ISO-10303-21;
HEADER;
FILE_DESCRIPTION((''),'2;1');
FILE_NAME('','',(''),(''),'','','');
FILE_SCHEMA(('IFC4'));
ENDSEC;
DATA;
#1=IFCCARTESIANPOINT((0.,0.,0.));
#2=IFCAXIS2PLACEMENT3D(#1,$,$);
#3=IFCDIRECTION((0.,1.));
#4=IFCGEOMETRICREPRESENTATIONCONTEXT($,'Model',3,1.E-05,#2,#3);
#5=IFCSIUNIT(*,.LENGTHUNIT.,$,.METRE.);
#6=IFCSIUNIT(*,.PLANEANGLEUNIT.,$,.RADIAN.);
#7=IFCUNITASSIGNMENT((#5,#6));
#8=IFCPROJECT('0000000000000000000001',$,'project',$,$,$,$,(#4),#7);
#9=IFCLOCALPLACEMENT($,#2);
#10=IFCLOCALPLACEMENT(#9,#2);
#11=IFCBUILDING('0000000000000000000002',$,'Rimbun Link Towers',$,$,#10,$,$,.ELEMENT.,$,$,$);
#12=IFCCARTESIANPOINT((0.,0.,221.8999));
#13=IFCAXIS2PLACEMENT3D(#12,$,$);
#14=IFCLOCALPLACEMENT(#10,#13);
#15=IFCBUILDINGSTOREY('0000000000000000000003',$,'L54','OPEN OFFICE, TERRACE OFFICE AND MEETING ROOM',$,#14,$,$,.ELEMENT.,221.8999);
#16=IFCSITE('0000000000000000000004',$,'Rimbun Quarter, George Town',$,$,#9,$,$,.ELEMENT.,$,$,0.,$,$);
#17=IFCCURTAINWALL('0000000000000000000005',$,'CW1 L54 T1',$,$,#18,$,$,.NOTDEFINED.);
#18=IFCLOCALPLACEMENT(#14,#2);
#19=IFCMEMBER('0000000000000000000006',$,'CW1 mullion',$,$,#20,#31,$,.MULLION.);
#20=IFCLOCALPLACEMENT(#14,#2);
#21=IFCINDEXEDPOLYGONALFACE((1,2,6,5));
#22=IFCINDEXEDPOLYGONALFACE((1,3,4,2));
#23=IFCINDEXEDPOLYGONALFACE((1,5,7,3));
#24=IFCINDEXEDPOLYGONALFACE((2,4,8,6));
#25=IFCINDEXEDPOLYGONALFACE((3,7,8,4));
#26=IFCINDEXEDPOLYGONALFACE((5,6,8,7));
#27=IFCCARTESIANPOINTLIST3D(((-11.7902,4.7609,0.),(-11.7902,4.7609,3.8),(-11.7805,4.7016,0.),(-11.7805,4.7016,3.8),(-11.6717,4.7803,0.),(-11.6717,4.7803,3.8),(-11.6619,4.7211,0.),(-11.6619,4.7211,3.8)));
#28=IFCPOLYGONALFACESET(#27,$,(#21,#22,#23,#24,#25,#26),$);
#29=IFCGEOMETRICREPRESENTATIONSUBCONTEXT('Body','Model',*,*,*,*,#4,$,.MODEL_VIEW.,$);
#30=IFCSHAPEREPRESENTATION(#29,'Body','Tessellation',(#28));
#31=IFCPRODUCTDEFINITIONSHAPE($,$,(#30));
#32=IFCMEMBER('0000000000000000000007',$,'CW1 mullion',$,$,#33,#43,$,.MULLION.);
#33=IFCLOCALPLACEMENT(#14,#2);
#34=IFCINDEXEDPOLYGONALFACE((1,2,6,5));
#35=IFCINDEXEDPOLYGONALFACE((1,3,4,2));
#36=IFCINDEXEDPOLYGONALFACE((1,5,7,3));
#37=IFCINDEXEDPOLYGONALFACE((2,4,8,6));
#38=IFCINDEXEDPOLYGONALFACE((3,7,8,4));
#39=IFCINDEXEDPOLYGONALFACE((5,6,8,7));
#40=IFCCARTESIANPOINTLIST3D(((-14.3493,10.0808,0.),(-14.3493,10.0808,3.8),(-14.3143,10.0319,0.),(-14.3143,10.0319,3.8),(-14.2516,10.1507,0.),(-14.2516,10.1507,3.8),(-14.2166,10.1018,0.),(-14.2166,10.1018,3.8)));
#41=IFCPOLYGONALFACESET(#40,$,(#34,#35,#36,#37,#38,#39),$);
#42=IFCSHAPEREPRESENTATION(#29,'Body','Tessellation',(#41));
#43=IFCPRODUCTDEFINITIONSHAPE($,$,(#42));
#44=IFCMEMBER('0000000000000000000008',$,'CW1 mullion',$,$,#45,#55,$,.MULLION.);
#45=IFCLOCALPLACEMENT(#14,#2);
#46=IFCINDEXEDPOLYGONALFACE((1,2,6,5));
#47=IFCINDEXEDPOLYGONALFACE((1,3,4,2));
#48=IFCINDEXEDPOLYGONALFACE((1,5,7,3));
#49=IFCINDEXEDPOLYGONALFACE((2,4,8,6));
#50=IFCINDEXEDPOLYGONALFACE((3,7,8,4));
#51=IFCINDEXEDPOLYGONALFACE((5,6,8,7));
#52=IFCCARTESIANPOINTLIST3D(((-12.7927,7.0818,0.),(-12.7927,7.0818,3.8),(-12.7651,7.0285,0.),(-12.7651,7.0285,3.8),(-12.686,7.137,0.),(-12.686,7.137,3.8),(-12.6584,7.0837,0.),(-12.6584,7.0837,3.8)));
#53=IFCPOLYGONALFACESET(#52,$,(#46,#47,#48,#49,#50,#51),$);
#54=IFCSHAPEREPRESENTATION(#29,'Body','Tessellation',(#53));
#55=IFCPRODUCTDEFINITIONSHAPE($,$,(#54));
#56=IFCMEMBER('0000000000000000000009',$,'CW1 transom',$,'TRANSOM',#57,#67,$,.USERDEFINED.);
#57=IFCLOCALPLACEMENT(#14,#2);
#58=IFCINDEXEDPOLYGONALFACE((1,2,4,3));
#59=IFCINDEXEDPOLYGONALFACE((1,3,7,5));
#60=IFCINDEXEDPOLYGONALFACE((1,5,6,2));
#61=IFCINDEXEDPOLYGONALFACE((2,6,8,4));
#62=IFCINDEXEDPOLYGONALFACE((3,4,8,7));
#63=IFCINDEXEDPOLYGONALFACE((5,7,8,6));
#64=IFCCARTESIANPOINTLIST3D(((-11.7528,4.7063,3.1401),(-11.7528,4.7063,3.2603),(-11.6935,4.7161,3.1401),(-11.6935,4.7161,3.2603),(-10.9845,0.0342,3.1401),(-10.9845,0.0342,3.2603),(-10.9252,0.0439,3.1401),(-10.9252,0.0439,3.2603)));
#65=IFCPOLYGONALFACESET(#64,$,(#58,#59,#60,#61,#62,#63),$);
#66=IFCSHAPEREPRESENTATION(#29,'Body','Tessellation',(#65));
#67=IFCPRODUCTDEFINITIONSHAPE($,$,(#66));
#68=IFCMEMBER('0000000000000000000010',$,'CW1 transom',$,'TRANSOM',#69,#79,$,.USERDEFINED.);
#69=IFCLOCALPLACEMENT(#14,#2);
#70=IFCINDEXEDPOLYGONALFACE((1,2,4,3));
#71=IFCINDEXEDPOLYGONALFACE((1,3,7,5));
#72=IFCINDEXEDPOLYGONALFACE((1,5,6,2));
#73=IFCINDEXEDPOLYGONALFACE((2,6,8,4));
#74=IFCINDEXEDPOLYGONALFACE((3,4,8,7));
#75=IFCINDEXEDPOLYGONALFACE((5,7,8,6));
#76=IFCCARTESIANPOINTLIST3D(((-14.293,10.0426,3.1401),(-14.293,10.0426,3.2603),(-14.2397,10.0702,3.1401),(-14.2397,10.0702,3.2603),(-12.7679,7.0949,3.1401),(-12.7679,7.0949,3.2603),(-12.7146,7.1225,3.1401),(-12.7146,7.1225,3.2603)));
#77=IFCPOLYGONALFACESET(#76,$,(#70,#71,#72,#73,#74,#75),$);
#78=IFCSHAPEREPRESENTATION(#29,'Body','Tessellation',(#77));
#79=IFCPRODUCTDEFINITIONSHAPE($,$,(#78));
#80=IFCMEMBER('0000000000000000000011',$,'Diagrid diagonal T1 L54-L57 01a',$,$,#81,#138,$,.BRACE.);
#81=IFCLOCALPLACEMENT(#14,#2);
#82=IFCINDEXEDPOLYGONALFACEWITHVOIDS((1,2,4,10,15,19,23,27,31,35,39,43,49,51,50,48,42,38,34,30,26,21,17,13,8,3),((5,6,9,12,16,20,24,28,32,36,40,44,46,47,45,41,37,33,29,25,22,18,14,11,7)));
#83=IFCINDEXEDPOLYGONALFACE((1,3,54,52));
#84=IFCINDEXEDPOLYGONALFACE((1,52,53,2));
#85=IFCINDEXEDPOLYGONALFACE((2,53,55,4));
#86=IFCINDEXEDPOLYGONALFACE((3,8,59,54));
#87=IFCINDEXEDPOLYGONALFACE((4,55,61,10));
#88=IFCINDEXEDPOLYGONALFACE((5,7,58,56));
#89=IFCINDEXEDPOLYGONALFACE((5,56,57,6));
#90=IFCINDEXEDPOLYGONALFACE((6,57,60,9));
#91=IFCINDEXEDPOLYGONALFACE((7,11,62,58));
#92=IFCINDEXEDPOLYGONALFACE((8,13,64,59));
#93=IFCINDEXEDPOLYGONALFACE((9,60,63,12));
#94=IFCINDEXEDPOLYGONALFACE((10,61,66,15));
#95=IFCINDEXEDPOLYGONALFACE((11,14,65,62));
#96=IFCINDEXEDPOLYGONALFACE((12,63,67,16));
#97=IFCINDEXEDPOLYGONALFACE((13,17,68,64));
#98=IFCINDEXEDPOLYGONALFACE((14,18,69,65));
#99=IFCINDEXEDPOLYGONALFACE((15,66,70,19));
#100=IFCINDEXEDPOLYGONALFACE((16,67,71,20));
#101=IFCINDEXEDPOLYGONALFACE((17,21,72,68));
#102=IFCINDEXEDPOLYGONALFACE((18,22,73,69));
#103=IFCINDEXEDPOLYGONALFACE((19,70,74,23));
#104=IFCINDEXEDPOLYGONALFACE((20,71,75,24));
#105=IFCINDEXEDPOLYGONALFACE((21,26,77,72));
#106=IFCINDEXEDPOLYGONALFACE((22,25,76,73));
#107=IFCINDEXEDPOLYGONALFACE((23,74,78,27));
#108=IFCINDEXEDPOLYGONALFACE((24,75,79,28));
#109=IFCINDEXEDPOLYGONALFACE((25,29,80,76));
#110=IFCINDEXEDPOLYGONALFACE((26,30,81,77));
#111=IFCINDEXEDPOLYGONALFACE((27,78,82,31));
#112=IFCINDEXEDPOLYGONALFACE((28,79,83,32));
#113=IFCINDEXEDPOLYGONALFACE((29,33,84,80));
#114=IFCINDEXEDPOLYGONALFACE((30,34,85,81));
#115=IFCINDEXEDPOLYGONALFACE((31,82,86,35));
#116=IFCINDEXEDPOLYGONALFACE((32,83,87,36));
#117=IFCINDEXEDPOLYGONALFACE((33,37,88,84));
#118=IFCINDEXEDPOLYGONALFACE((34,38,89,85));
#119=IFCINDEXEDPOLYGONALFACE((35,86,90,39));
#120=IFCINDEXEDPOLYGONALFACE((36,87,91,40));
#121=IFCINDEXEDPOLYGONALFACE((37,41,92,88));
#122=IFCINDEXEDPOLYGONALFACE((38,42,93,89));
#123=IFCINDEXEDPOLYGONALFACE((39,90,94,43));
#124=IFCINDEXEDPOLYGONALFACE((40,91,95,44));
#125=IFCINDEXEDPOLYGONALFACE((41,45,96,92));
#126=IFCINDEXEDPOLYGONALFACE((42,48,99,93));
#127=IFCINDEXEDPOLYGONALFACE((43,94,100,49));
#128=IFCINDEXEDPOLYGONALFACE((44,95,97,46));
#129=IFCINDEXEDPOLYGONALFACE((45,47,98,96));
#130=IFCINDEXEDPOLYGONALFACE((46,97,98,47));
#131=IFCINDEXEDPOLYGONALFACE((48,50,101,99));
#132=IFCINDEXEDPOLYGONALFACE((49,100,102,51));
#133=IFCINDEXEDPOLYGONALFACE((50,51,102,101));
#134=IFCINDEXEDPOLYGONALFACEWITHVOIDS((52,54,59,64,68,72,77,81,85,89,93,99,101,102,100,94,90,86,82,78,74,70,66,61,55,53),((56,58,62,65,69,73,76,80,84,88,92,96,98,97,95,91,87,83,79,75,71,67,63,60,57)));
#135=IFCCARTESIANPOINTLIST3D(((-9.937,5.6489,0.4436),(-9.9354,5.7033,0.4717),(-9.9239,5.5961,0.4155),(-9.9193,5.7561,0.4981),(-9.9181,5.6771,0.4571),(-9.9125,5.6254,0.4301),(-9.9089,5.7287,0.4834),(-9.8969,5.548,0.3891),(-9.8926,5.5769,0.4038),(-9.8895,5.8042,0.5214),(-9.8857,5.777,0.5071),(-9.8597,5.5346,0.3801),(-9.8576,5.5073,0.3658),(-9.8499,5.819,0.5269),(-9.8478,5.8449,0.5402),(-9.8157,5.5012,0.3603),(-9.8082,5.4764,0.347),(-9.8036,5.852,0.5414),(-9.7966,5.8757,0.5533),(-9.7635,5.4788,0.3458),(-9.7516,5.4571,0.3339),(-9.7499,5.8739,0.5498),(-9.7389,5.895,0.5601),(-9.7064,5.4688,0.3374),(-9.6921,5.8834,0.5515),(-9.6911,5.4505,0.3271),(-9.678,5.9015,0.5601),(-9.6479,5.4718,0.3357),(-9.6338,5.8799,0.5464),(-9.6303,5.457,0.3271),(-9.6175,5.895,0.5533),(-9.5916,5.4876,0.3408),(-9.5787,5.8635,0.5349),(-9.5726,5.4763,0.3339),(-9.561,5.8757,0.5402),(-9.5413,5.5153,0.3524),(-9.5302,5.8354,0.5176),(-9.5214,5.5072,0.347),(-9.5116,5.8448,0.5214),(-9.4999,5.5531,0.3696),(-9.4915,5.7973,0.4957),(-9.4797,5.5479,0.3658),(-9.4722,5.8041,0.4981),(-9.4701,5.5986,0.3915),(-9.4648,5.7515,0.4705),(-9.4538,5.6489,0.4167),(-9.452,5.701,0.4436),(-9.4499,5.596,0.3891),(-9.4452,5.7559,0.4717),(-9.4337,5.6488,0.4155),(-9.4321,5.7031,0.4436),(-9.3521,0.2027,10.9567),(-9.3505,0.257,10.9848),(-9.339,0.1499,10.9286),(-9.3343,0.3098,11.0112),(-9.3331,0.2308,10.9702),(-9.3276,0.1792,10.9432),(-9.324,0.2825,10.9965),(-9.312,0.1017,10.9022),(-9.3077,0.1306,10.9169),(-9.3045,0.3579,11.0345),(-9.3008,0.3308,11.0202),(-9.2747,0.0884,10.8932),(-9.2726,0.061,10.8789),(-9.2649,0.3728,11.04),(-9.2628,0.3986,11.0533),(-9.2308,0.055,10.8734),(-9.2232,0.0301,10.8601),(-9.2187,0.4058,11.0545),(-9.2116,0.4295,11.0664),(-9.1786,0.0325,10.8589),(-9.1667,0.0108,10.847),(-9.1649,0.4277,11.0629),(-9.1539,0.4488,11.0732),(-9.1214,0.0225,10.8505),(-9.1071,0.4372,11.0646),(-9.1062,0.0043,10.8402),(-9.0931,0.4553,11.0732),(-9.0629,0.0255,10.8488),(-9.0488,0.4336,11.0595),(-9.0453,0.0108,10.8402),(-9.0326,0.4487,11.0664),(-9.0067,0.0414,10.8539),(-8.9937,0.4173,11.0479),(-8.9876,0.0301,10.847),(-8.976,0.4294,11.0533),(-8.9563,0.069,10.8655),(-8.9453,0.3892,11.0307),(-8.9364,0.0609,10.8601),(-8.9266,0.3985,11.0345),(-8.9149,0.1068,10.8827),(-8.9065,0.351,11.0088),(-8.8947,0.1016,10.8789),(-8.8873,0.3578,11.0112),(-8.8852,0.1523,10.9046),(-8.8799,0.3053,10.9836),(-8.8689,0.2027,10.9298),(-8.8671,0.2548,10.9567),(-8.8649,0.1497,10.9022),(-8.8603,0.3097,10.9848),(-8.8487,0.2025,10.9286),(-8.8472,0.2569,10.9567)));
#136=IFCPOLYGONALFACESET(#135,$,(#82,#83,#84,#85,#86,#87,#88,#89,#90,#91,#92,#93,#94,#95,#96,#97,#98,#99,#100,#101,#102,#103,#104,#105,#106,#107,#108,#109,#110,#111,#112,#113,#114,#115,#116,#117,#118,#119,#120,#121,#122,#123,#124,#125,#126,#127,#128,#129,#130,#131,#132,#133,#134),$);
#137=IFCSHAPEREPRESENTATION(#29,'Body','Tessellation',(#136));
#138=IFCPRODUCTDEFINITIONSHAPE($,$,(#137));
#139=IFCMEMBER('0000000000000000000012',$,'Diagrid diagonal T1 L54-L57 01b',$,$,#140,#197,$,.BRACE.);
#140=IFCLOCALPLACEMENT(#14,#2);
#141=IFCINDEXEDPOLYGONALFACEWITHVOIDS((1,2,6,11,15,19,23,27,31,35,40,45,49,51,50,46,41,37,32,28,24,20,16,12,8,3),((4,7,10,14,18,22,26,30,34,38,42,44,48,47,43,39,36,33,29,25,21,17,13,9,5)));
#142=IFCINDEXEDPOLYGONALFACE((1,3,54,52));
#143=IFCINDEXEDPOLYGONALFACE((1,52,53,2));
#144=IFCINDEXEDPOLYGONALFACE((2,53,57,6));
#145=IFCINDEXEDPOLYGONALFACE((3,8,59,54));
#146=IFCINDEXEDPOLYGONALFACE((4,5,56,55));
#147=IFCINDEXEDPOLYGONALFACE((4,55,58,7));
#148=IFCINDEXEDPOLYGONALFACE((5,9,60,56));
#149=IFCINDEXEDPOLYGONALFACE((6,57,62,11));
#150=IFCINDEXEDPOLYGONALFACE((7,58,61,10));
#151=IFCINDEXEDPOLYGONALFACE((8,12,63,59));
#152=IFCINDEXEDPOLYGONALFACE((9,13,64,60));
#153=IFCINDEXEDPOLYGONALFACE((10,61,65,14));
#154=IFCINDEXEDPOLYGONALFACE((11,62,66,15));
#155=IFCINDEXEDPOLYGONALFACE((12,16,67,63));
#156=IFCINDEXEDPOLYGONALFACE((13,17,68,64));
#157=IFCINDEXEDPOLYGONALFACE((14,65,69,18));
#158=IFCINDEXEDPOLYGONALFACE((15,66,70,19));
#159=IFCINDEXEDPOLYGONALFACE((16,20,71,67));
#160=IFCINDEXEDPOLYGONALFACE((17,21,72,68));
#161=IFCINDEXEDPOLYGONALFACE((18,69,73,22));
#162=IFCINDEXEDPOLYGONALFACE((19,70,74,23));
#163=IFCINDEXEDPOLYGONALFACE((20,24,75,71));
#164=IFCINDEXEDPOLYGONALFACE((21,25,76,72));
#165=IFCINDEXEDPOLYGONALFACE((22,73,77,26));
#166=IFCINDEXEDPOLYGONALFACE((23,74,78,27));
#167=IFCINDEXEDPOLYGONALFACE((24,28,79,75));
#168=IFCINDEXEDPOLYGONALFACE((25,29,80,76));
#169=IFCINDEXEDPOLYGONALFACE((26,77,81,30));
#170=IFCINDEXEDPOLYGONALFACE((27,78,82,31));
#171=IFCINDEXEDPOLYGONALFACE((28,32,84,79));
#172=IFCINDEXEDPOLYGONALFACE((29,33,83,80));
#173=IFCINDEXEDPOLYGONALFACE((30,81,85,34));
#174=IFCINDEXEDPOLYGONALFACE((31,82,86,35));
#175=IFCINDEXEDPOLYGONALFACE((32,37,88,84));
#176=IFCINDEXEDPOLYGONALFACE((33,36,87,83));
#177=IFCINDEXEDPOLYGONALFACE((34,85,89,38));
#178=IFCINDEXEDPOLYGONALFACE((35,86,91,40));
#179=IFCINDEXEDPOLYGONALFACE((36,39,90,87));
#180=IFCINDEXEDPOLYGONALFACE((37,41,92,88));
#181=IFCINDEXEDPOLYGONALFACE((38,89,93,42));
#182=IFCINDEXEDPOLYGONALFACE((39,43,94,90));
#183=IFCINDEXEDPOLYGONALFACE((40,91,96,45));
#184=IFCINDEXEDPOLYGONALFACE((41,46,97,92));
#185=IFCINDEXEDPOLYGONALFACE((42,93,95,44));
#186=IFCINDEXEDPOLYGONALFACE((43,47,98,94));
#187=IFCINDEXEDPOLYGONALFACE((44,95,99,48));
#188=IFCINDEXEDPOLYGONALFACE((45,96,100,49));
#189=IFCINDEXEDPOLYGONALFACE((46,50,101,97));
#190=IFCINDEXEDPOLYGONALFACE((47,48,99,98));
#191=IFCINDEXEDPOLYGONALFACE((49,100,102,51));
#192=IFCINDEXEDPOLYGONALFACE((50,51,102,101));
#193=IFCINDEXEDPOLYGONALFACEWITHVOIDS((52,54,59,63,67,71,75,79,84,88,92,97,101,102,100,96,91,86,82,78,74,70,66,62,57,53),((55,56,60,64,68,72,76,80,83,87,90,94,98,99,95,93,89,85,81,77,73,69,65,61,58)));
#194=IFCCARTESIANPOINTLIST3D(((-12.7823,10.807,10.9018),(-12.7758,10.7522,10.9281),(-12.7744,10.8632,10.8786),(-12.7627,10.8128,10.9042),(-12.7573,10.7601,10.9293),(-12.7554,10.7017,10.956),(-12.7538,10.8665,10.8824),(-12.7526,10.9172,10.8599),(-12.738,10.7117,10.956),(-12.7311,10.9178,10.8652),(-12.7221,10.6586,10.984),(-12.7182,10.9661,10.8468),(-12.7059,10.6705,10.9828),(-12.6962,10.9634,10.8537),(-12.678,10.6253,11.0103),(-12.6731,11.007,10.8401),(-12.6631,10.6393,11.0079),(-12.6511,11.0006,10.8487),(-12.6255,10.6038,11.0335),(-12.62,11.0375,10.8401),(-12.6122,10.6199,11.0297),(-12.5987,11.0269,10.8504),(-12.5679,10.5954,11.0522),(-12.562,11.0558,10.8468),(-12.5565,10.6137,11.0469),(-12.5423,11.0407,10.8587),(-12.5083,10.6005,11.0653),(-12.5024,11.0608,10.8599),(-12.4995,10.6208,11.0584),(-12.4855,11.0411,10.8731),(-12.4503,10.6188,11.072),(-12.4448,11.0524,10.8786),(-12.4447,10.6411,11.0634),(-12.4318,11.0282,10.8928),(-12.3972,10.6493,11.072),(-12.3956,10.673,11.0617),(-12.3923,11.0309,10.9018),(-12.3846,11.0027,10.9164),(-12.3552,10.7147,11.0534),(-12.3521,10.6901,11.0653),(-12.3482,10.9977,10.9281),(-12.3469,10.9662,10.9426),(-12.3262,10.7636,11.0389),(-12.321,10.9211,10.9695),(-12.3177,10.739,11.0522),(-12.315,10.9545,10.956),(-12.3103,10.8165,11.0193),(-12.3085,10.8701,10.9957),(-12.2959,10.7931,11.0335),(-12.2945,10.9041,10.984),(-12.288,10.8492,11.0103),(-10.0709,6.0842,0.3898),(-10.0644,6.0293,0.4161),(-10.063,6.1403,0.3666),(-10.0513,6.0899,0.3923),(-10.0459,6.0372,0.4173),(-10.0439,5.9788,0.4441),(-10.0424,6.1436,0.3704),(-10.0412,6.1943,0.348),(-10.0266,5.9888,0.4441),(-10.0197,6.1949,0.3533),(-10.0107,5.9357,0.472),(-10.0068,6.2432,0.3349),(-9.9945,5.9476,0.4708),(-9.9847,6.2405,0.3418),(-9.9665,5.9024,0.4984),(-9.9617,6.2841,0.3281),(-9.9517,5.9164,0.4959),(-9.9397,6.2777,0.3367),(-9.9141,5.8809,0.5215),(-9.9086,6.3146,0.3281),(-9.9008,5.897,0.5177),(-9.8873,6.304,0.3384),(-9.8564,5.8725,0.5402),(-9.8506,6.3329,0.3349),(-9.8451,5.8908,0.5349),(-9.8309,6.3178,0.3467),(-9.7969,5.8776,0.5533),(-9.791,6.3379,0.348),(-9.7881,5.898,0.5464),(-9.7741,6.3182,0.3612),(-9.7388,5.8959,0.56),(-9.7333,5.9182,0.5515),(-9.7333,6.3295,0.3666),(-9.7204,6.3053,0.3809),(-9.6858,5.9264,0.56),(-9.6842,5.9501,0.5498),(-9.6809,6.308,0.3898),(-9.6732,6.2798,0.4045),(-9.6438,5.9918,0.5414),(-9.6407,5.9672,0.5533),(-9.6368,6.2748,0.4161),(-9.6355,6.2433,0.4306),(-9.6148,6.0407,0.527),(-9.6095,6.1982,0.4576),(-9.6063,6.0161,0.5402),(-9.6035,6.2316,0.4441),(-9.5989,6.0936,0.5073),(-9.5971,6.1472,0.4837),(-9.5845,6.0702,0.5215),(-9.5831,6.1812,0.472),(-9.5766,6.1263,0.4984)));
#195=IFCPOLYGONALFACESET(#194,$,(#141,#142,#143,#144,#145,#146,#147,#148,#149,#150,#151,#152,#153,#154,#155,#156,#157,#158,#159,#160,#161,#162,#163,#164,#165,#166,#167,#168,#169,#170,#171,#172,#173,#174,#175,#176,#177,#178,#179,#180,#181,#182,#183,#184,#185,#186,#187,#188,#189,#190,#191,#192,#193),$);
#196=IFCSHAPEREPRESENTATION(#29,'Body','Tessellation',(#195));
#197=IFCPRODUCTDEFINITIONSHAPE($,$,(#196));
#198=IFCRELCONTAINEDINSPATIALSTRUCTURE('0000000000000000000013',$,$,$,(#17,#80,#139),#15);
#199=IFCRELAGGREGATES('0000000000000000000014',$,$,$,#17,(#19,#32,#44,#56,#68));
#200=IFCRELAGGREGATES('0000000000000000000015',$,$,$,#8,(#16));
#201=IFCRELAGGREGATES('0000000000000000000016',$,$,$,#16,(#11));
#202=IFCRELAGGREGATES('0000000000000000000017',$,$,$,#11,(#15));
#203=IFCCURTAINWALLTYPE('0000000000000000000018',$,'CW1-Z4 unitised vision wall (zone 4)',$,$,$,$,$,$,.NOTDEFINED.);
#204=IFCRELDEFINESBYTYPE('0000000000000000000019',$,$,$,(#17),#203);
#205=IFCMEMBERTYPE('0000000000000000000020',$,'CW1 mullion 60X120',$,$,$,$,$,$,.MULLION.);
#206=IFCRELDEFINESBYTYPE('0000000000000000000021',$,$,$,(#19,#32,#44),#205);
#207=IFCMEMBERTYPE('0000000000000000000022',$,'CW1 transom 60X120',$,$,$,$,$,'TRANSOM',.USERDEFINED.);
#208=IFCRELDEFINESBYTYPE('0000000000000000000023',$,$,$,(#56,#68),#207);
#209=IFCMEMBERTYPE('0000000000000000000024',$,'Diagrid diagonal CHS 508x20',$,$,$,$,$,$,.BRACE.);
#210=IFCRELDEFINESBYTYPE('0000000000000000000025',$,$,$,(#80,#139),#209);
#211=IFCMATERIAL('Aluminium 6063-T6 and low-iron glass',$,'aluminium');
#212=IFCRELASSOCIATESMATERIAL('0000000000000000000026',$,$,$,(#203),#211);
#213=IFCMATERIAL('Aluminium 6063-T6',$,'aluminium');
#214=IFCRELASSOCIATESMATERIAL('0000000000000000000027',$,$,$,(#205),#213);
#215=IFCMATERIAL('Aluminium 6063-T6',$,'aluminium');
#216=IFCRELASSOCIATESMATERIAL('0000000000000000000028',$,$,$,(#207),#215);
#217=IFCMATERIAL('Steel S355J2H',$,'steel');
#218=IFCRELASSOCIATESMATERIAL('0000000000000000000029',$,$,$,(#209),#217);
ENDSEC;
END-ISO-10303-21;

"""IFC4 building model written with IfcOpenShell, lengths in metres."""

from ifc_helpers import new_model, si_unit, direction, frame, origin, origin_2d, place, context, subcontext, project, spatial, rectangle, hollow_circle, extrude, material, material_profile, profile_set, type_object, element, aggregate, save


model = new_model("IFC4")

# Units and contexts
model_context = context("Model", 3, precision=1e-05, world=origin(), true_north=direction((0.0, 1.0)))
body_context = subcontext(model_context, "Body", "Model", "MODEL_VIEW")
ifc_project = project(units=[si_unit("LENGTHUNIT", "METRE"), si_unit("PLANEANGLEUNIT", "RADIAN")], contexts=[model_context])

# Site, building, storey
site_placement = place(None, origin())
site = spatial("IfcSite", under=ifc_project, at=site_placement, Name="Rimbun Quarter, George Town", CompositionType="ELEMENT", RefElevation=0.0)
building_placement = place(site_placement, origin())
building = spatial("IfcBuilding", under=site, at=building_placement, Name="Rimbun Link Towers", CompositionType="ELEMENT")
storey_placement = place(building_placement, frame((0.0, 0.0, 221.8999)))
storey = spatial("IfcBuildingStorey", under=building, at=storey_placement, Name="L54", Description="OPEN OFFICE, TERRACE OFFICE AND MEETING ROOM", CompositionType="ELEMENT", Elevation=221.8999)

# Curtain wall, members
ifc_material_1 = material(Name="Aluminium 6063-T6 and low-iron glass", Category="aluminium")
curtain_wall_type = type_object("IfcCurtainWallType", Name="CW1-Z4 unitised vision wall (zone 4)", PredefinedType="NOTDEFINED", material=ifc_material_1)
curtain_wall_placement = place(storey_placement, origin())
curtain_wall = element("IfcCurtainWall", 1, at=curtain_wall_placement, inside=storey, type_object=curtain_wall_type, Name="CW1 L54 T1", PredefinedType="NOTDEFINED")
ifc_material_2 = material(Name="Aluminium 6063-T6", Category="aluminium")
ifc_material_profile_1 = material_profile(ifc_material_2, rectangle(XDim=0.1201, YDim=0.0601, at=origin_2d()), Name="MULLION 60X120")
ifc_profile_set_1 = profile_set([ifc_material_profile_1], Name="Aluminium 6063-T6")
member_type_1 = type_object("IfcMemberType", Name="CW1 mullion 60X120", PredefinedType="MULLION", material=ifc_profile_set_1)
member_1_placement = place(storey_placement, frame((-11.7261, 4.741, 0.0), z_axis=(0.0, 0.0, 1.0), x_axis=(0.986747, 0.162264, 0.0)))
member_1 = element("IfcMember", 2, at=member_1_placement, type_object=member_type_1, Name="CW1 mullion", PredefinedType="MULLION", context=body_context, shape_type="SweptSolid", body=[
    extrude(rectangle(XDim=0.1201, YDim=0.0601, at=origin_2d()), origin(), (0.0, 0.0, 1.0), 3.8),
])
member_2_placement = place(storey_placement, frame((-14.283, 10.0913, 0.0), z_axis=(0.0, 0.0, 1.0), x_axis=(0.813354, 0.58177, 0.0)))
member_2 = element("IfcMember", 3, at=member_2_placement, type_object=member_type_1, Name="CW1 mullion", PredefinedType="MULLION", context=body_context, shape_type="SweptSolid", body=[
    extrude(rectangle(XDim=0.1201, YDim=0.0601, at=origin_2d()), origin(), (0.0, 0.0, 1.0), 3.8),
])
member_3_placement = place(storey_placement, frame((-12.7256, 7.0828, 0.0), z_axis=(0.0, 0.0, 1.0), x_axis=(0.888153, 0.459548, 0.0)))
member_3 = element("IfcMember", 4, at=member_3_placement, type_object=member_type_1, Name="CW1 mullion", PredefinedType="MULLION", context=body_context, shape_type="SweptSolid", body=[
    extrude(rectangle(XDim=0.1201, YDim=0.0601, at=origin_2d()), origin(), (0.0, 0.0, 1.0), 3.8),
])
ifc_material_3 = material(Name="Aluminium 6063-T6", Category="aluminium")
ifc_material_profile_2 = material_profile(ifc_material_3, rectangle(XDim=0.0601, YDim=0.1201, at=origin_2d()), Name="TRANSOM 60X120")
ifc_profile_set_2 = profile_set([ifc_material_profile_2], Name="Aluminium 6063-T6")
member_type_2 = type_object("IfcMemberType", Name="CW1 transom 60X120", ElementType="TRANSOM", PredefinedType="USERDEFINED", material=ifc_profile_set_2)
member_4_placement = place(storey_placement, frame((-11.7231, 4.7112, 3.2002), z_axis=(0.162266, -0.986747, 0.0), x_axis=(0.986747, 0.162266, 0.0)))
member_4 = element("IfcMember", 5, at=member_4_placement, type_object=member_type_2, Name="CW1 transom", ObjectType="TRANSOM", PredefinedType="USERDEFINED", context=body_context, shape_type="SweptSolid", body=[
    extrude(rectangle(XDim=0.0601, YDim=0.1201, at=origin_2d()), origin(), (0.0, 0.0, 1.0), 4.7349),
])
member_5_placement = place(storey_placement, frame((-14.2664, 10.0564, 3.2002), z_axis=(0.459529, -0.888163, 0.0), x_axis=(0.888163, 0.459529, 0.0)))
member_5 = element("IfcMember", 6, at=member_5_placement, type_object=member_type_2, Name="CW1 transom", ObjectType="TRANSOM", PredefinedType="USERDEFINED", context=body_context, shape_type="SweptSolid", body=[
    extrude(rectangle(XDim=0.0601, YDim=0.1201, at=origin_2d()), origin(), (0.0, 0.0, 1.0), 3.3188),
])

# Members
ifc_material_4 = material(Name="Steel S355J2H", Category="steel")
ifc_material_profile_3 = material_profile(ifc_material_4, hollow_circle(Radius=0.2539, WallThickness=0.02, at=origin_2d()), Name="Diagrid diagonal CHS 508x20")
ifc_profile_set_3 = profile_set([ifc_material_profile_3], Name="Steel S355J2H")
member_type_3 = type_object("IfcMemberType", Name="Diagrid diagonal CHS 508x20", PredefinedType="BRACE", material=ifc_profile_set_3)
member_6_placement = place(storey_placement, frame((-9.6846, 5.676, 0.4436), z_axis=(0.049345, -0.459425, 0.886845), x_axis=(0.994281, 0.106791, 0.0)))
element("IfcMember", 7, at=member_6_placement, inside=storey, type_object=member_type_3, Name="Diagrid diagonal T1 L54-L57 01a", PredefinedType="BRACE", context=body_context, shape_type="SweptSolid", body=[
    extrude(hollow_circle(Radius=0.2539, WallThickness=0.02, at=origin_2d()), origin(), (0.0, 0.0, 1.0), 11.8545),
])
member_7_placement = place(storey_placement, frame((-9.8237, 6.1052, 0.4441), z_axis=(-0.229027, 0.398931, 0.887919), x_axis=(-0.867243, -0.497886, 0.0)))
element("IfcMember", 8, at=member_7_placement, inside=storey, type_object=member_type_3, Name="Diagrid diagonal T1 L54-L57 01b", PredefinedType="BRACE", context=body_context, shape_type="SweptSolid", body=[
    extrude(hollow_circle(Radius=0.2539, WallThickness=0.02, at=origin_2d()), origin(), (0.0, 0.0, 1.0), 11.8389),
])

aggregate(curtain_wall, [member_1, member_2, member_3, member_4, member_5])

save(model, "model.ifc")
